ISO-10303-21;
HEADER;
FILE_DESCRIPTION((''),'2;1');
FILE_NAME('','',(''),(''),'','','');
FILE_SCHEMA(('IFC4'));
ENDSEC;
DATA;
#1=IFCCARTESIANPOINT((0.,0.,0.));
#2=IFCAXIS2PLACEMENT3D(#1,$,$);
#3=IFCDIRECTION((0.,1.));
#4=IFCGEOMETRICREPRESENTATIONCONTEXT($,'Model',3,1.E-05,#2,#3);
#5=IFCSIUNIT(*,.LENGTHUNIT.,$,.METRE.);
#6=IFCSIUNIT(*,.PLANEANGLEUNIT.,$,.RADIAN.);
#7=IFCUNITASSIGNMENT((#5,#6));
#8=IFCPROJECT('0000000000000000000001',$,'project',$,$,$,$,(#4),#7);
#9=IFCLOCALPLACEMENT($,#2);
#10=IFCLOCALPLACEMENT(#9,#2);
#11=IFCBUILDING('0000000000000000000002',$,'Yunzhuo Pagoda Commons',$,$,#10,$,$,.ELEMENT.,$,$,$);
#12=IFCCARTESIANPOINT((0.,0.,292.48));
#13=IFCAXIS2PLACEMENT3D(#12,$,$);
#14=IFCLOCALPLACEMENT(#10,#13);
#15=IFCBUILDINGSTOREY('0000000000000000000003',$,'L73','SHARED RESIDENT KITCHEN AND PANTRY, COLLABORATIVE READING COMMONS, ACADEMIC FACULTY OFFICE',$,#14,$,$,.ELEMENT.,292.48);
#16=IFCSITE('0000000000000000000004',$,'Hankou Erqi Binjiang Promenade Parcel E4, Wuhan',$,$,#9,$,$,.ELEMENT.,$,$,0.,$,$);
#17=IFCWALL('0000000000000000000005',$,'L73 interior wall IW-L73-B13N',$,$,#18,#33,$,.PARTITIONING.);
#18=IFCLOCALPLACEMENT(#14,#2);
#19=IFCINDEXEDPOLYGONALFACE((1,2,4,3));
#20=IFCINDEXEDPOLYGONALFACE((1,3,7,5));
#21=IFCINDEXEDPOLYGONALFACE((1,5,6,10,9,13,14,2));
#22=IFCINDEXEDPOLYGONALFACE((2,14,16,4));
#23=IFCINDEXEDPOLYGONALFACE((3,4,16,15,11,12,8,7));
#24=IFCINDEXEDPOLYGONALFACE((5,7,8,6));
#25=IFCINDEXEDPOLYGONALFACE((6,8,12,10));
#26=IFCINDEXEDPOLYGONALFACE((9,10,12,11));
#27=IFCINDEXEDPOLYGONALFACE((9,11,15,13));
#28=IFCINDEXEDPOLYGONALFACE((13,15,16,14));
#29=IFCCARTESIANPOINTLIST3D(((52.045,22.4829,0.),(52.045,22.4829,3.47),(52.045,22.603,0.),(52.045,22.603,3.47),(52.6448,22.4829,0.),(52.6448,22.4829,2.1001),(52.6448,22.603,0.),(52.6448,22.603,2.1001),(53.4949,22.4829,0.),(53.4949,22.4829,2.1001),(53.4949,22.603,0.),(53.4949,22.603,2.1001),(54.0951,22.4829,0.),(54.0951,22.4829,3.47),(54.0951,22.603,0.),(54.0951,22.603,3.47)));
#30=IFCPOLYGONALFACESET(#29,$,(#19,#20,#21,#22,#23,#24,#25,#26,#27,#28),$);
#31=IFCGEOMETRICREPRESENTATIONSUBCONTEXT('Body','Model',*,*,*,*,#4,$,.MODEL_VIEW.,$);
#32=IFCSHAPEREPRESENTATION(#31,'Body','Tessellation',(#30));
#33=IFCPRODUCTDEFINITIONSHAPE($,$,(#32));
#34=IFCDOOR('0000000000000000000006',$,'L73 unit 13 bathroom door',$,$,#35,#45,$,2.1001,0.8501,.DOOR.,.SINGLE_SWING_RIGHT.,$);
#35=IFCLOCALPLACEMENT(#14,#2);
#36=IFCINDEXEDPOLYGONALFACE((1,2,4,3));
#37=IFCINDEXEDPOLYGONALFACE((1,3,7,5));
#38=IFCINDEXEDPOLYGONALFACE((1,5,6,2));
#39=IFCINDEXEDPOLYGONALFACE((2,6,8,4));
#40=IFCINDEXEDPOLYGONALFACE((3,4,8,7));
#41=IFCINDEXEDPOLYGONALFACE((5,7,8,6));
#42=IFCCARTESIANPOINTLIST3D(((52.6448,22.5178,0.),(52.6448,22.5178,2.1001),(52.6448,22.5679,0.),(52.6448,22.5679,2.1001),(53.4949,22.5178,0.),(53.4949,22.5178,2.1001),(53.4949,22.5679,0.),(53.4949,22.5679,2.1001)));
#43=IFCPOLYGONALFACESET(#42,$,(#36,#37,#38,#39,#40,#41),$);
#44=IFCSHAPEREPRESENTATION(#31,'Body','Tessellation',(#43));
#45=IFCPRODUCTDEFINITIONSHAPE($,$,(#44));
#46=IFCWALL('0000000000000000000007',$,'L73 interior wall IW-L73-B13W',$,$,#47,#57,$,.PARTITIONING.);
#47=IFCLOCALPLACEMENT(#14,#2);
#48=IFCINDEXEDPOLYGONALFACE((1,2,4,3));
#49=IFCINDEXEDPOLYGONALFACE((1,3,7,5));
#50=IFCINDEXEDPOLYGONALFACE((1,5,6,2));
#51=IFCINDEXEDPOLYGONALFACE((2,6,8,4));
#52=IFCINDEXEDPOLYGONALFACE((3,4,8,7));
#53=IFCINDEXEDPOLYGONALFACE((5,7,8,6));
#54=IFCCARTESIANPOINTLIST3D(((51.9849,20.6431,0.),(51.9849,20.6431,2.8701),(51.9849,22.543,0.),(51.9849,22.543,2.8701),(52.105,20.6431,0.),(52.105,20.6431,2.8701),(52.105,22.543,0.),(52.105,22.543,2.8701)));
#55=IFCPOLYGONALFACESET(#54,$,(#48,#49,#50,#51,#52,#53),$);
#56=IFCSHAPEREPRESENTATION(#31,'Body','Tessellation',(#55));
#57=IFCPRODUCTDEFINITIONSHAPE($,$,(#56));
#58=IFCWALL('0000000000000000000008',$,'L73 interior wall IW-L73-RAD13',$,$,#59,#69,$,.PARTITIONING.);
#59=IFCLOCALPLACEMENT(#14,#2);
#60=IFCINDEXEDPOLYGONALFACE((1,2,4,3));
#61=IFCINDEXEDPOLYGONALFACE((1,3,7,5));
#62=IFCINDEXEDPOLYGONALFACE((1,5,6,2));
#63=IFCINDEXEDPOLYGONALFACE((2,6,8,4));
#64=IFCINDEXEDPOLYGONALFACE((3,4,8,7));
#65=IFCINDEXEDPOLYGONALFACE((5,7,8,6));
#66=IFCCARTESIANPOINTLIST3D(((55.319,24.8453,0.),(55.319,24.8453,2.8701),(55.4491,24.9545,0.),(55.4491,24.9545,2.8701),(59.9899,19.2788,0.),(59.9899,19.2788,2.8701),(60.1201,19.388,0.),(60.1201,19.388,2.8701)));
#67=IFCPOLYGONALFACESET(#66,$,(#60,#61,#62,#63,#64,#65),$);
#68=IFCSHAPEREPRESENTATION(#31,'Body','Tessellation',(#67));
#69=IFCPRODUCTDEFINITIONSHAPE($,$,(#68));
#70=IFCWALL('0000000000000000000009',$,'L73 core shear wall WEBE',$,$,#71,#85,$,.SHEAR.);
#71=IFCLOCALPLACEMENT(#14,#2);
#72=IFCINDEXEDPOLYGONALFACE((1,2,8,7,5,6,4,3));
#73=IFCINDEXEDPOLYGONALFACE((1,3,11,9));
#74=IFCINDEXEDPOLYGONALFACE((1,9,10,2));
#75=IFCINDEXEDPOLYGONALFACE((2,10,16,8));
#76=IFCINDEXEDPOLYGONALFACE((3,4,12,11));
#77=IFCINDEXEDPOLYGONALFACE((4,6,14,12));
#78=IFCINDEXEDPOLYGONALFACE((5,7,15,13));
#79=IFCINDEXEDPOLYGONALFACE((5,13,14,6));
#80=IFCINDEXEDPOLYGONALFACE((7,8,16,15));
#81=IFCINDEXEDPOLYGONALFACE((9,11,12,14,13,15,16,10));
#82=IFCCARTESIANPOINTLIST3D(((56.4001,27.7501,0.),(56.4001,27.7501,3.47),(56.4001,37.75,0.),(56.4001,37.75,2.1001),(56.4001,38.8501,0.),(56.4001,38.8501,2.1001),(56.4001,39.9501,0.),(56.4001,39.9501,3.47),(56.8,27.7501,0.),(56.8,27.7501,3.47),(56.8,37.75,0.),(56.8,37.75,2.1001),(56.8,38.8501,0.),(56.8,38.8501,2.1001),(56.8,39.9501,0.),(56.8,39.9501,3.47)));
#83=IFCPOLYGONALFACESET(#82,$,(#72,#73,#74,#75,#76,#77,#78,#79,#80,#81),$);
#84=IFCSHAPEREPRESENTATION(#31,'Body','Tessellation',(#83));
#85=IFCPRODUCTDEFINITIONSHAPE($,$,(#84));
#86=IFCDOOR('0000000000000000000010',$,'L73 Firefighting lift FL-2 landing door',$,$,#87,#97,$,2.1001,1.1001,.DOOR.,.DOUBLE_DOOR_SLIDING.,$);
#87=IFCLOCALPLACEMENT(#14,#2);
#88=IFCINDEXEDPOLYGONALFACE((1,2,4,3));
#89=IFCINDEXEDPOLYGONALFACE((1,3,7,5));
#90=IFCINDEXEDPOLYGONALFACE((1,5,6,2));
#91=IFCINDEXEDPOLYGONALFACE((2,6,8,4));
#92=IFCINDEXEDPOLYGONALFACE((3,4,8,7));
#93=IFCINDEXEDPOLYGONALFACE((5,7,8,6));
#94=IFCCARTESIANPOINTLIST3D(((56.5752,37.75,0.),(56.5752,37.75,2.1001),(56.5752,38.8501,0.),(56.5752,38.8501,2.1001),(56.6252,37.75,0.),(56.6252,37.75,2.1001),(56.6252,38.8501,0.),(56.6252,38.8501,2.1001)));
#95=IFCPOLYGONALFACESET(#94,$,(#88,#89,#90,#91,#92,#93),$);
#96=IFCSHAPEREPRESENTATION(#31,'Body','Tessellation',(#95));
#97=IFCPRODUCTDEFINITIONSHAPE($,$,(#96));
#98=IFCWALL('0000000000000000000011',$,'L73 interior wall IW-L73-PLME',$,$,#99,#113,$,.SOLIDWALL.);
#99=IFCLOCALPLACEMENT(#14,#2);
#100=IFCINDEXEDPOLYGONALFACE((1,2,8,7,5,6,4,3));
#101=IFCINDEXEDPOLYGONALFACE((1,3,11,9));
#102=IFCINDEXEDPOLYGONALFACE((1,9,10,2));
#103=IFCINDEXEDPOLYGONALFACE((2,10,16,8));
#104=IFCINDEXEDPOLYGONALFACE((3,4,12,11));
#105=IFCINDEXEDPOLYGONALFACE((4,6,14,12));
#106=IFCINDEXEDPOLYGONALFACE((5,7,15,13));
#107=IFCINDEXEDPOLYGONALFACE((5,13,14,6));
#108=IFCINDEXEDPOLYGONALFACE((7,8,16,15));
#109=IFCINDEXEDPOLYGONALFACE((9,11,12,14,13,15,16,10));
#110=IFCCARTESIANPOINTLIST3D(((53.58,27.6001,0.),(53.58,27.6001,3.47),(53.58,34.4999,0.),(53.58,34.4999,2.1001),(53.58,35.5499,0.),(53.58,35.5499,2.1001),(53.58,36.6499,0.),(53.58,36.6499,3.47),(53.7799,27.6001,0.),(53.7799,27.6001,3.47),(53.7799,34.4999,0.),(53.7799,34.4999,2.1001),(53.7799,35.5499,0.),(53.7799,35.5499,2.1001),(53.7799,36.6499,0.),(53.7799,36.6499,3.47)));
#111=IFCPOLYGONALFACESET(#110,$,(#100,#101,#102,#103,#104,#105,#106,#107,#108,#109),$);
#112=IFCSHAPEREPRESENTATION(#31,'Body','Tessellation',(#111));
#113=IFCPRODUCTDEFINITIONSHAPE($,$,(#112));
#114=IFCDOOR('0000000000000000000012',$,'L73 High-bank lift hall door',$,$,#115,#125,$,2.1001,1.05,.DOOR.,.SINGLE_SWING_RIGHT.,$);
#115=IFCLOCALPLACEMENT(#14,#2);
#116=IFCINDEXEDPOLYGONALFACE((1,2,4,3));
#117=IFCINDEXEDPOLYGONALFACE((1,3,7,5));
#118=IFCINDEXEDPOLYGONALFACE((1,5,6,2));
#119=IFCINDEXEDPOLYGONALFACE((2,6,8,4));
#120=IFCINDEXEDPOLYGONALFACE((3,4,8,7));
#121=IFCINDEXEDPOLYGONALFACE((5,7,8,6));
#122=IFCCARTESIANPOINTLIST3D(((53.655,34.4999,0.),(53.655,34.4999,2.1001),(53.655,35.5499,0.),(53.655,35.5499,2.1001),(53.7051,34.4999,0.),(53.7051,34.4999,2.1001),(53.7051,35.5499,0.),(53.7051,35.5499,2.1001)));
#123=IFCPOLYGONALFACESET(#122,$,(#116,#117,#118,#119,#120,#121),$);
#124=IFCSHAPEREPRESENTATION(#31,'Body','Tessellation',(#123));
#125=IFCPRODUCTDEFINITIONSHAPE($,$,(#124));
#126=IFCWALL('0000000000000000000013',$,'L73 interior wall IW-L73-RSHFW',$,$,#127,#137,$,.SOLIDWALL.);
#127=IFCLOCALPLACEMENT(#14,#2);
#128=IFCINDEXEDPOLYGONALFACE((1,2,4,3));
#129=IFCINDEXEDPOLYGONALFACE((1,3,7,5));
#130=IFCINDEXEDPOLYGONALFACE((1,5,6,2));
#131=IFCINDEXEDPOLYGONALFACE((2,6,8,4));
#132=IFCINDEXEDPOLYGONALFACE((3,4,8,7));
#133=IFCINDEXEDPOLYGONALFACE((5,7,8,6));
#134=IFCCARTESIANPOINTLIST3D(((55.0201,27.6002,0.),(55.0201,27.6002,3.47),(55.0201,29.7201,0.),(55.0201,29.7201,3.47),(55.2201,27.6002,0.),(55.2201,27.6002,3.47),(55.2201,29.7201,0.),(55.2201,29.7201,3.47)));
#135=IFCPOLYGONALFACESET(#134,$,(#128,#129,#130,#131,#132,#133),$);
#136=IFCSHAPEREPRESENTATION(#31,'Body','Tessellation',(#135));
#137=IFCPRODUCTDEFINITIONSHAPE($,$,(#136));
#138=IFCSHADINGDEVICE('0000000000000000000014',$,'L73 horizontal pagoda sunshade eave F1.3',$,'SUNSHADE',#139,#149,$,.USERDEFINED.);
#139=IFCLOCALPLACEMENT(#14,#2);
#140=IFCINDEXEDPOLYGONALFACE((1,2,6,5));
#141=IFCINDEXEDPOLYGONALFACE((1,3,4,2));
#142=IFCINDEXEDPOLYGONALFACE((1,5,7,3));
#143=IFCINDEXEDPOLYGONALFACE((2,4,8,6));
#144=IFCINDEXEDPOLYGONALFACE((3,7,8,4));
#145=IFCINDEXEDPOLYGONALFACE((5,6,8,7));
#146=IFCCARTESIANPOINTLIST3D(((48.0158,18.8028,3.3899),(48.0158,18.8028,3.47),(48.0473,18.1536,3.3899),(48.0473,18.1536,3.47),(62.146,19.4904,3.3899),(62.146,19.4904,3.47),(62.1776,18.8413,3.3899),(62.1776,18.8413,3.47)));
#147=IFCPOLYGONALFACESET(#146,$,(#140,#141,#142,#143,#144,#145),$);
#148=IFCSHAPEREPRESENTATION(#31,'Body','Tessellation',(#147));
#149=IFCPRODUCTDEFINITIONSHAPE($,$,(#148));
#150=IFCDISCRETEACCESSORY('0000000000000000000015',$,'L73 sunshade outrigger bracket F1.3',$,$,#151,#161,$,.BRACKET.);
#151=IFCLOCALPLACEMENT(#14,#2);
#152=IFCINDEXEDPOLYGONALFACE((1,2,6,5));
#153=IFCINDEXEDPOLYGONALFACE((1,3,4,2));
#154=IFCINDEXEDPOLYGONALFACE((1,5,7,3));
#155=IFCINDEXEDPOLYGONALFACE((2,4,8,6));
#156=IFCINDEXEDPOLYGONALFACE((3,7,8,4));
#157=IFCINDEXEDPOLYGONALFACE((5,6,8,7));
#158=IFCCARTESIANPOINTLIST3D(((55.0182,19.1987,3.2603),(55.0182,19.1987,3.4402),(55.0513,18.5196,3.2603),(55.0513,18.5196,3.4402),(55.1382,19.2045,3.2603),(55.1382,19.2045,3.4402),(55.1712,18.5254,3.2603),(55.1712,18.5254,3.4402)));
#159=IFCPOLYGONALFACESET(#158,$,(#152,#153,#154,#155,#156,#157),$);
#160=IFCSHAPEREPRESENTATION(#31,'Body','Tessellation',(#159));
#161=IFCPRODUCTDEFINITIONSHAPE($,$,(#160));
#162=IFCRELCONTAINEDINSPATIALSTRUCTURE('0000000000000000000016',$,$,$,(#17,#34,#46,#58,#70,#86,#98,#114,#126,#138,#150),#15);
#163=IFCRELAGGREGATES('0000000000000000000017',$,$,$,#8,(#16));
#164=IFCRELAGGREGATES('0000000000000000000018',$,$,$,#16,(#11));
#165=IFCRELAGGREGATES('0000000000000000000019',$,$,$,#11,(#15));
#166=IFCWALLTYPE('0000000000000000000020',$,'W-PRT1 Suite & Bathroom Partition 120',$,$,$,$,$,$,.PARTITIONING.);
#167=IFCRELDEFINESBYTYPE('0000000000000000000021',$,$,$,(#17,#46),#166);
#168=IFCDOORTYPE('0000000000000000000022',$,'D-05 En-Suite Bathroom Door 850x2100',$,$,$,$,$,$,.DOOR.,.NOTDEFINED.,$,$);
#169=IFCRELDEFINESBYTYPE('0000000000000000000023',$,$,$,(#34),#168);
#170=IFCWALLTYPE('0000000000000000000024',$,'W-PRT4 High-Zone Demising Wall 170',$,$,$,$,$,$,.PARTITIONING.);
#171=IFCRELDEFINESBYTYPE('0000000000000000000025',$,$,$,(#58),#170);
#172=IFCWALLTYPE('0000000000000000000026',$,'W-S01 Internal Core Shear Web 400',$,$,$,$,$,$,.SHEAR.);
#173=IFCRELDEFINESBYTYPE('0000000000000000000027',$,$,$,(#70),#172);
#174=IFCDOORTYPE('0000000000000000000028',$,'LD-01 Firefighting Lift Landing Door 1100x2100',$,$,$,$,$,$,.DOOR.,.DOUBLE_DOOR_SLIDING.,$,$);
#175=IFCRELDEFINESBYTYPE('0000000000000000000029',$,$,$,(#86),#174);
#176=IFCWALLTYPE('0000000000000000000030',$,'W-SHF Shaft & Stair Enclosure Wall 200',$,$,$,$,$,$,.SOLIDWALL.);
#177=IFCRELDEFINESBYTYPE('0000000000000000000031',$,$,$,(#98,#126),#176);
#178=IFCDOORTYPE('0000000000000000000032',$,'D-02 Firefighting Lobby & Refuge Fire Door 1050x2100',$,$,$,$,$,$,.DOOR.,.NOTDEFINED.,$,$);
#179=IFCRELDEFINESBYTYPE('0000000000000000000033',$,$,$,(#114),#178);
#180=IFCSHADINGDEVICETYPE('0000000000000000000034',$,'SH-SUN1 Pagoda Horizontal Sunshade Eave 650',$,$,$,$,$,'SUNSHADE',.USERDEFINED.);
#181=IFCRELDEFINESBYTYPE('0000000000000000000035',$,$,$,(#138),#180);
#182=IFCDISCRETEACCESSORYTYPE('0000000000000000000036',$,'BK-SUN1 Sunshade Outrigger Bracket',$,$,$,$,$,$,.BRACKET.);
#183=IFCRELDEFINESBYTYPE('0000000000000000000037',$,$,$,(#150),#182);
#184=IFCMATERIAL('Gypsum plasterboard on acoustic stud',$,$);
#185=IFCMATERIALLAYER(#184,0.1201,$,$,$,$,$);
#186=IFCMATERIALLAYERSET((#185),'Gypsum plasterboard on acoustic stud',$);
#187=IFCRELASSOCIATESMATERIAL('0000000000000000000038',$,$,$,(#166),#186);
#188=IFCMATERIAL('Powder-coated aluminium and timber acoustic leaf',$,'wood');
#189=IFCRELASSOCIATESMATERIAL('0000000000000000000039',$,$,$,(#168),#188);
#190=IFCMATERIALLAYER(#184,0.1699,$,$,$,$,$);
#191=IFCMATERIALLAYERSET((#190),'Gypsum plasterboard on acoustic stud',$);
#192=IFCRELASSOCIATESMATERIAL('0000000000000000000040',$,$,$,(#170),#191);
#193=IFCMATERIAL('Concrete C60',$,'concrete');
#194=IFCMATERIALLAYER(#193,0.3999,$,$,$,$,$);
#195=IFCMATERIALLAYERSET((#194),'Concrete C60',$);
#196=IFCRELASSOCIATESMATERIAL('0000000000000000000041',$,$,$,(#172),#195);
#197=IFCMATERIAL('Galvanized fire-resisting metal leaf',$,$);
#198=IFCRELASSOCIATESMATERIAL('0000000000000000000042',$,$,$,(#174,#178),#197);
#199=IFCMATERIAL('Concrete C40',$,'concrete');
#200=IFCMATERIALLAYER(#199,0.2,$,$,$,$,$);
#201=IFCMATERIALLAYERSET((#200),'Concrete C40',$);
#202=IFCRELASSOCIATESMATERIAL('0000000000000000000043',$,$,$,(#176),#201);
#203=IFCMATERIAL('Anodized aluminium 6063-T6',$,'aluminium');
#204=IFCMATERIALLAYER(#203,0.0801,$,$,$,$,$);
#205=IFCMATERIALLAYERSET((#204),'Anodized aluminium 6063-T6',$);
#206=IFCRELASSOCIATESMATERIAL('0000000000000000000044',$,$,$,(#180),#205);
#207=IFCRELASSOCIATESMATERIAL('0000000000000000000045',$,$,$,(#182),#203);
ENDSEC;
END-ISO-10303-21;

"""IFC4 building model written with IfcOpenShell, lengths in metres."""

from ifc_helpers import new_model, si_unit, direction, frame, frame_2d, origin, origin_with_axes, origin_2d, place, context, subcontext, project, spatial, rectangle, extrude, source, transform, mapped, material, layer, layer_set, type_object, element, fill, save


model = new_model("IFC4")

# Units and contexts
model_context = context("Model", 3, precision=1e-05, world=origin(), true_north=direction((0.0, 1.0)))
body_context = subcontext(model_context, "Body", "Model", "MODEL_VIEW")
ifc_project = project(units=[si_unit("LENGTHUNIT", "METRE"), si_unit("PLANEANGLEUNIT", "RADIAN")], contexts=[model_context])

# Site, building, storey
site_placement = place(None, origin())
site = spatial("IfcSite", under=ifc_project, at=site_placement, Name="Hankou Erqi Binjiang Promenade Parcel E4, Wuhan", CompositionType="ELEMENT", RefElevation=0.0)
building_placement = place(site_placement, origin())
building = spatial("IfcBuilding", under=site, at=building_placement, Name="Yunzhuo Pagoda Commons", CompositionType="ELEMENT")
storey_placement = place(building_placement, frame((0.0, 0.0, 292.48)))
storey = spatial("IfcBuildingStorey", under=building, at=storey_placement, Name="L73", Description="SHARED RESIDENT KITCHEN AND PANTRY, COLLABORATIVE READING COMMONS, ACADEMIC FACULTY OFFICE", CompositionType="ELEMENT", Elevation=292.48)

# Shared definitions
ifc_material_1 = material(Name="Anodized aluminium 6063-T6", Category="aluminium")

# Shared definitions
ifc_material_2 = material(Name="Gypsum plasterboard on acoustic stud")
ifc_material_3 = material(Name="Galvanized fire-resisting metal leaf")

# Shared definitions
ifc_layer_1 = layer(ifc_material_2, 0.1201)
ifc_layer_set_1 = layer_set([ifc_layer_1], Name="Gypsum plasterboard on acoustic stud")
wall_type_1 = type_object("IfcWallType", Name="W-PRT1 Suite & Bathroom Partition 120", PredefinedType="PARTITIONING", material=ifc_layer_set_1)

# Wall, opening, door
wall_1_placement = place(storey_placement, frame((54.095, 22.543, 0.0), z_axis=(0.0, 0.0, 1.0), x_axis=(-1.0, 0.0, 0.0)))
wall_1 = element("IfcWall", 1, at=wall_1_placement, inside=storey, type_object=wall_type_1, Name="L73 interior wall IW-L73-B13N", PredefinedType="PARTITIONING", context=body_context, shape_type="SweptSolid", body=[
    extrude(rectangle(XDim=2.05, YDim=0.1201, at=frame_2d((1.0249, 0.0))), origin(), (0.0, 0.0, 1.0), 3.47),
])
opening_1_placement = place(wall_1_placement, frame((0.6001, 0.0, 0.0)))
opening_1 = element("IfcOpeningElement", 2, at=opening_1_placement, cuts=wall_1, PredefinedType="OPENING", context=body_context, shape_type="SweptSolid", body=[
    extrude(rectangle(XDim=0.8501, YDim=2.1001, at=frame_2d((0.425, 1.05))), frame((0.0, 0.0701, 0.0), z_axis=(0.0, -1.0, 0.0), x_axis=(1.0, 0.0, 0.0)), (0.0, 0.0, 1.0), 0.1401),
])
ifc_material_4 = material(Name="Powder-coated aluminium and timber acoustic leaf", Category="wood")
door_type_1 = type_object("IfcDoorType", Name="D-05 En-Suite Bathroom Door 850x2100", OperationType="NOTDEFINED", PredefinedType="DOOR", material=ifc_material_4)
shared_shape_1 = source(origin(), body_context, "Body", "SweptSolid", [
    extrude(rectangle(XDim=0.8501, YDim=2.1001, at=frame_2d((0.425, 1.05))), frame((0.0, 0.0249, 0.0), z_axis=(0.0, -1.0, 0.0), x_axis=(1.0, 0.0, 0.0)), (0.0, 0.0, 1.0), 0.05),
])
door_1_placement = place(opening_1_placement, frame((0.8501, 0.0, 0.0), z_axis=(0.0, 0.0, 1.0), x_axis=(-1.0, 0.0, 0.0)))
door_1 = element("IfcDoor", 3, at=door_1_placement, inside=storey, type_object=door_type_1, Name="L73 unit 13 bathroom door", OperationType="SINGLE_SWING_RIGHT", OverallHeight=2.1001, OverallWidth=0.8501, PredefinedType="DOOR", context=body_context, shape_type="MappedRepresentation", body=[
    mapped(shared_shape_1, transform((0.0, 0.0, 0.0), scale=1.0)),
])
fill(opening_1, door_1)

# Walls
wall_2_placement = place(storey_placement, frame((52.0449, 22.543, 0.0), z_axis=(0.0, 0.0, 1.0), x_axis=(0.0, -1.0, 0.0)))
element("IfcWall", 4, at=wall_2_placement, inside=storey, type_object=wall_type_1, Name="L73 interior wall IW-L73-B13W", PredefinedType="PARTITIONING", context=body_context, shape_type="SweptSolid", body=[
    extrude(rectangle(XDim=1.8999, YDim=0.1201, at=frame_2d((0.95, 0.0))), origin(), (0.0, 0.0, 1.0), 2.8701),
])
ifc_layer_2 = layer(ifc_material_2, 0.1699)
ifc_layer_set_2 = layer_set([ifc_layer_2], Name="Gypsum plasterboard on acoustic stud")
wall_type_2 = type_object("IfcWallType", Name="W-PRT4 High-Zone Demising Wall 170", PredefinedType="PARTITIONING", material=ifc_layer_set_2)
wall_3_placement = place(storey_placement, frame((55.384, 24.8999, 0.0), z_axis=(0.0, 0.0, 1.0), x_axis=(0.642798, -0.766036, 0.0)))
element("IfcWall", 5, at=wall_3_placement, inside=storey, type_object=wall_type_2, Name="L73 interior wall IW-L73-RAD13", PredefinedType="PARTITIONING", context=body_context, shape_type="SweptSolid", body=[
    extrude(rectangle(XDim=7.2666, YDim=0.1699, at=frame_2d((3.6333, 0.0))), origin(), (0.0, 0.0, 1.0), 2.8701),
])

# Walls, openings, doors
ifc_material_5 = material(Name="Concrete C60", Category="concrete")
ifc_layer_3 = layer(ifc_material_5, 0.3999)
ifc_layer_set_3 = layer_set([ifc_layer_3], Name="Concrete C60")
wall_type_3 = type_object("IfcWallType", Name="W-S01 Internal Core Shear Web 400", PredefinedType="SHEAR", material=ifc_layer_set_3)
wall_4_placement = place(storey_placement, frame((56.6001, 27.75, 0.0), z_axis=(0.0, 0.0, 1.0), x_axis=(0.0, 1.0, 0.0)))
wall_4 = element("IfcWall", 6, at=wall_4_placement, inside=storey, type_object=wall_type_3, Name="L73 core shear wall WEBE", PredefinedType="SHEAR", context=body_context, shape_type="SweptSolid", body=[
    extrude(rectangle(XDim=12.2, YDim=0.3999, at=frame_2d((6.1001, 0.0))), origin(), (0.0, 0.0, 1.0), 3.47),
])
opening_2_placement = place(wall_4_placement, frame((10.0, 0.0, 0.0)))
opening_2 = element("IfcOpeningElement", 7, at=opening_2_placement, cuts=wall_4, PredefinedType="OPENING", context=body_context, shape_type="SweptSolid", body=[
    extrude(rectangle(XDim=1.1001, YDim=2.1001, at=frame_2d((0.55, 1.05))), frame((0.0, 0.21, 0.0), z_axis=(0.0, -1.0, 0.0), x_axis=(1.0, 0.0, 0.0)), (0.0, 0.0, 1.0), 0.4199),
])
door_type_2 = type_object("IfcDoorType", Name="LD-01 Firefighting Lift Landing Door 1100x2100", OperationType="DOUBLE_DOOR_SLIDING", PredefinedType="DOOR", material=ifc_material_3)
shared_shape_2 = source(origin(), body_context, "Body", "SweptSolid", [
    extrude(rectangle(XDim=1.1001, YDim=2.1001, at=frame_2d((0.55, 1.05))), frame((0.0, 0.0249, 0.0), z_axis=(0.0, -1.0, 0.0), x_axis=(1.0, 0.0, 0.0)), (0.0, 0.0, 1.0), 0.05),
])
door_2_placement = place(opening_2_placement, origin_with_axes())
door_2 = element("IfcDoor", 8, at=door_2_placement, inside=storey, type_object=door_type_2, Name="L73 Firefighting lift FL-2 landing door", OperationType="DOUBLE_DOOR_SLIDING", OverallHeight=2.1001, OverallWidth=1.1001, PredefinedType="DOOR", context=body_context, shape_type="MappedRepresentation", body=[
    mapped(shared_shape_2, transform((0.0, 0.0, 0.0), scale=1.0)),
])
fill(opening_2, door_2)
ifc_material_6 = material(Name="Concrete C40", Category="concrete")
ifc_layer_4 = layer(ifc_material_6, 0.2)
ifc_layer_set_4 = layer_set([ifc_layer_4], Name="Concrete C40")
wall_type_4 = type_object("IfcWallType", Name="W-SHF Shaft & Stair Enclosure Wall 200", PredefinedType="SOLIDWALL", material=ifc_layer_set_4)
wall_5_placement = place(storey_placement, frame((53.6799, 27.6001, 0.0), z_axis=(0.0, 0.0, 1.0), x_axis=(0.0, 1.0, 0.0)))
wall_5 = element("IfcWall", 9, at=wall_5_placement, inside=storey, type_object=wall_type_4, Name="L73 interior wall IW-L73-PLME", PredefinedType="SOLIDWALL", context=body_context, shape_type="SweptSolid", body=[
    extrude(rectangle(XDim=9.0498, YDim=0.2, at=frame_2d((4.5249, 0.0))), origin(), (0.0, 0.0, 1.0), 3.47),
])
opening_3_placement = place(wall_5_placement, frame((6.8999, 0.0, 0.0)))
opening_3 = element("IfcOpeningElement", 10, at=opening_3_placement, cuts=wall_5, PredefinedType="OPENING", context=body_context, shape_type="SweptSolid", body=[
    extrude(rectangle(XDim=1.05, YDim=2.1001, at=frame_2d((0.5249, 1.05))), frame((0.0, 0.1099, 0.0), z_axis=(0.0, -1.0, 0.0), x_axis=(1.0, 0.0, 0.0)), (0.0, 0.0, 1.0), 0.22),
])
door_type_3 = type_object("IfcDoorType", Name="D-02 Firefighting Lobby & Refuge Fire Door 1050x2100", OperationType="NOTDEFINED", PredefinedType="DOOR", material=ifc_material_3)
shared_shape_3 = source(origin(), body_context, "Body", "SweptSolid", [
    extrude(rectangle(XDim=1.05, YDim=2.1001, at=frame_2d((0.5249, 1.05))), frame((0.0, 0.0249, 0.0), z_axis=(0.0, -1.0, 0.0), x_axis=(1.0, 0.0, 0.0)), (0.0, 0.0, 1.0), 0.05),
])
door_3_placement = place(opening_3_placement, origin_with_axes())
door_3 = element("IfcDoor", 11, at=door_3_placement, inside=storey, type_object=door_type_3, Name="L73 High-bank lift hall door", OperationType="SINGLE_SWING_RIGHT", OverallHeight=2.1001, OverallWidth=1.05, PredefinedType="DOOR", context=body_context, shape_type="MappedRepresentation", body=[
    mapped(shared_shape_3, transform((0.0, 0.0, 0.0), scale=1.0)),
])
fill(opening_3, door_3)

# Wall
wall_6_placement = place(storey_placement, frame((55.1201, 27.6001, 0.0), z_axis=(0.0, 0.0, 1.0), x_axis=(0.0, 1.0, 0.0)))
element("IfcWall", 12, at=wall_6_placement, inside=storey, type_object=wall_type_4, Name="L73 interior wall IW-L73-RSHFW", PredefinedType="SOLIDWALL", context=body_context, shape_type="SweptSolid", body=[
    extrude(rectangle(XDim=2.1199, YDim=0.2, at=frame_2d((1.0601, 0.0))), origin(), (0.0, 0.0, 1.0), 3.47),
])

# Shading device
ifc_layer_5 = layer(ifc_material_1, 0.0801)
ifc_layer_set_5 = layer_set([ifc_layer_5], Name="Anodized aluminium 6063-T6")
shading_device_type = type_object("IfcShadingDeviceType", Name="SH-SUN1 Pagoda Horizontal Sunshade Eave 650", ElementType="SUNSHADE", PredefinedType="USERDEFINED", material=ifc_layer_set_5)
shared_shape_4 = source(origin(), body_context, "Body", "SweptSolid", [
    extrude(rectangle(XDim=14.147, YDim=0.6499, at=origin_2d()), origin(), (0.0, 0.0, 1.0), 0.0801),
])
shading_device_placement = place(storey_placement, frame((55.0967, 18.822, 3.3899), z_axis=(0.0, 0.0, 1.0), x_axis=(0.998818, 0.048606, 0.0)))
element("IfcShadingDevice", 13, at=shading_device_placement, inside=storey, type_object=shading_device_type, Name="L73 horizontal pagoda sunshade eave F1.3", ObjectType="SUNSHADE", PredefinedType="USERDEFINED", context=body_context, shape_type="MappedRepresentation", body=[
    mapped(shared_shape_4, transform((0.0, 0.0, 0.0), scale=1.0)),
])

# Discrete accessory
discrete_accessory_type = type_object("IfcDiscreteAccessoryType", Name="BK-SUN1 Sunshade Outrigger Bracket", PredefinedType="BRACKET", material=ifc_material_1)
shared_shape_5 = source(origin(), body_context, "Body", "SweptSolid", [
    extrude(rectangle(XDim=0.1201, YDim=0.6799, at=origin_2d()), origin(), (0.0, 0.0, 1.0), 0.1799),
])
discrete_accessory_placement = place(storey_placement, frame((55.0947, 18.8621, 3.2603), z_axis=(0.0, 0.0, 1.0), x_axis=(0.998818, 0.048606, 0.0)))
element("IfcDiscreteAccessory", 14, at=discrete_accessory_placement, inside=storey, type_object=discrete_accessory_type, Name="L73 sunshade outrigger bracket F1.3", PredefinedType="BRACKET", context=body_context, shape_type="MappedRepresentation", body=[
    mapped(shared_shape_5, transform((0.0, 0.0, 0.0), scale=1.0)),
])

save(model, "model.ifc")
